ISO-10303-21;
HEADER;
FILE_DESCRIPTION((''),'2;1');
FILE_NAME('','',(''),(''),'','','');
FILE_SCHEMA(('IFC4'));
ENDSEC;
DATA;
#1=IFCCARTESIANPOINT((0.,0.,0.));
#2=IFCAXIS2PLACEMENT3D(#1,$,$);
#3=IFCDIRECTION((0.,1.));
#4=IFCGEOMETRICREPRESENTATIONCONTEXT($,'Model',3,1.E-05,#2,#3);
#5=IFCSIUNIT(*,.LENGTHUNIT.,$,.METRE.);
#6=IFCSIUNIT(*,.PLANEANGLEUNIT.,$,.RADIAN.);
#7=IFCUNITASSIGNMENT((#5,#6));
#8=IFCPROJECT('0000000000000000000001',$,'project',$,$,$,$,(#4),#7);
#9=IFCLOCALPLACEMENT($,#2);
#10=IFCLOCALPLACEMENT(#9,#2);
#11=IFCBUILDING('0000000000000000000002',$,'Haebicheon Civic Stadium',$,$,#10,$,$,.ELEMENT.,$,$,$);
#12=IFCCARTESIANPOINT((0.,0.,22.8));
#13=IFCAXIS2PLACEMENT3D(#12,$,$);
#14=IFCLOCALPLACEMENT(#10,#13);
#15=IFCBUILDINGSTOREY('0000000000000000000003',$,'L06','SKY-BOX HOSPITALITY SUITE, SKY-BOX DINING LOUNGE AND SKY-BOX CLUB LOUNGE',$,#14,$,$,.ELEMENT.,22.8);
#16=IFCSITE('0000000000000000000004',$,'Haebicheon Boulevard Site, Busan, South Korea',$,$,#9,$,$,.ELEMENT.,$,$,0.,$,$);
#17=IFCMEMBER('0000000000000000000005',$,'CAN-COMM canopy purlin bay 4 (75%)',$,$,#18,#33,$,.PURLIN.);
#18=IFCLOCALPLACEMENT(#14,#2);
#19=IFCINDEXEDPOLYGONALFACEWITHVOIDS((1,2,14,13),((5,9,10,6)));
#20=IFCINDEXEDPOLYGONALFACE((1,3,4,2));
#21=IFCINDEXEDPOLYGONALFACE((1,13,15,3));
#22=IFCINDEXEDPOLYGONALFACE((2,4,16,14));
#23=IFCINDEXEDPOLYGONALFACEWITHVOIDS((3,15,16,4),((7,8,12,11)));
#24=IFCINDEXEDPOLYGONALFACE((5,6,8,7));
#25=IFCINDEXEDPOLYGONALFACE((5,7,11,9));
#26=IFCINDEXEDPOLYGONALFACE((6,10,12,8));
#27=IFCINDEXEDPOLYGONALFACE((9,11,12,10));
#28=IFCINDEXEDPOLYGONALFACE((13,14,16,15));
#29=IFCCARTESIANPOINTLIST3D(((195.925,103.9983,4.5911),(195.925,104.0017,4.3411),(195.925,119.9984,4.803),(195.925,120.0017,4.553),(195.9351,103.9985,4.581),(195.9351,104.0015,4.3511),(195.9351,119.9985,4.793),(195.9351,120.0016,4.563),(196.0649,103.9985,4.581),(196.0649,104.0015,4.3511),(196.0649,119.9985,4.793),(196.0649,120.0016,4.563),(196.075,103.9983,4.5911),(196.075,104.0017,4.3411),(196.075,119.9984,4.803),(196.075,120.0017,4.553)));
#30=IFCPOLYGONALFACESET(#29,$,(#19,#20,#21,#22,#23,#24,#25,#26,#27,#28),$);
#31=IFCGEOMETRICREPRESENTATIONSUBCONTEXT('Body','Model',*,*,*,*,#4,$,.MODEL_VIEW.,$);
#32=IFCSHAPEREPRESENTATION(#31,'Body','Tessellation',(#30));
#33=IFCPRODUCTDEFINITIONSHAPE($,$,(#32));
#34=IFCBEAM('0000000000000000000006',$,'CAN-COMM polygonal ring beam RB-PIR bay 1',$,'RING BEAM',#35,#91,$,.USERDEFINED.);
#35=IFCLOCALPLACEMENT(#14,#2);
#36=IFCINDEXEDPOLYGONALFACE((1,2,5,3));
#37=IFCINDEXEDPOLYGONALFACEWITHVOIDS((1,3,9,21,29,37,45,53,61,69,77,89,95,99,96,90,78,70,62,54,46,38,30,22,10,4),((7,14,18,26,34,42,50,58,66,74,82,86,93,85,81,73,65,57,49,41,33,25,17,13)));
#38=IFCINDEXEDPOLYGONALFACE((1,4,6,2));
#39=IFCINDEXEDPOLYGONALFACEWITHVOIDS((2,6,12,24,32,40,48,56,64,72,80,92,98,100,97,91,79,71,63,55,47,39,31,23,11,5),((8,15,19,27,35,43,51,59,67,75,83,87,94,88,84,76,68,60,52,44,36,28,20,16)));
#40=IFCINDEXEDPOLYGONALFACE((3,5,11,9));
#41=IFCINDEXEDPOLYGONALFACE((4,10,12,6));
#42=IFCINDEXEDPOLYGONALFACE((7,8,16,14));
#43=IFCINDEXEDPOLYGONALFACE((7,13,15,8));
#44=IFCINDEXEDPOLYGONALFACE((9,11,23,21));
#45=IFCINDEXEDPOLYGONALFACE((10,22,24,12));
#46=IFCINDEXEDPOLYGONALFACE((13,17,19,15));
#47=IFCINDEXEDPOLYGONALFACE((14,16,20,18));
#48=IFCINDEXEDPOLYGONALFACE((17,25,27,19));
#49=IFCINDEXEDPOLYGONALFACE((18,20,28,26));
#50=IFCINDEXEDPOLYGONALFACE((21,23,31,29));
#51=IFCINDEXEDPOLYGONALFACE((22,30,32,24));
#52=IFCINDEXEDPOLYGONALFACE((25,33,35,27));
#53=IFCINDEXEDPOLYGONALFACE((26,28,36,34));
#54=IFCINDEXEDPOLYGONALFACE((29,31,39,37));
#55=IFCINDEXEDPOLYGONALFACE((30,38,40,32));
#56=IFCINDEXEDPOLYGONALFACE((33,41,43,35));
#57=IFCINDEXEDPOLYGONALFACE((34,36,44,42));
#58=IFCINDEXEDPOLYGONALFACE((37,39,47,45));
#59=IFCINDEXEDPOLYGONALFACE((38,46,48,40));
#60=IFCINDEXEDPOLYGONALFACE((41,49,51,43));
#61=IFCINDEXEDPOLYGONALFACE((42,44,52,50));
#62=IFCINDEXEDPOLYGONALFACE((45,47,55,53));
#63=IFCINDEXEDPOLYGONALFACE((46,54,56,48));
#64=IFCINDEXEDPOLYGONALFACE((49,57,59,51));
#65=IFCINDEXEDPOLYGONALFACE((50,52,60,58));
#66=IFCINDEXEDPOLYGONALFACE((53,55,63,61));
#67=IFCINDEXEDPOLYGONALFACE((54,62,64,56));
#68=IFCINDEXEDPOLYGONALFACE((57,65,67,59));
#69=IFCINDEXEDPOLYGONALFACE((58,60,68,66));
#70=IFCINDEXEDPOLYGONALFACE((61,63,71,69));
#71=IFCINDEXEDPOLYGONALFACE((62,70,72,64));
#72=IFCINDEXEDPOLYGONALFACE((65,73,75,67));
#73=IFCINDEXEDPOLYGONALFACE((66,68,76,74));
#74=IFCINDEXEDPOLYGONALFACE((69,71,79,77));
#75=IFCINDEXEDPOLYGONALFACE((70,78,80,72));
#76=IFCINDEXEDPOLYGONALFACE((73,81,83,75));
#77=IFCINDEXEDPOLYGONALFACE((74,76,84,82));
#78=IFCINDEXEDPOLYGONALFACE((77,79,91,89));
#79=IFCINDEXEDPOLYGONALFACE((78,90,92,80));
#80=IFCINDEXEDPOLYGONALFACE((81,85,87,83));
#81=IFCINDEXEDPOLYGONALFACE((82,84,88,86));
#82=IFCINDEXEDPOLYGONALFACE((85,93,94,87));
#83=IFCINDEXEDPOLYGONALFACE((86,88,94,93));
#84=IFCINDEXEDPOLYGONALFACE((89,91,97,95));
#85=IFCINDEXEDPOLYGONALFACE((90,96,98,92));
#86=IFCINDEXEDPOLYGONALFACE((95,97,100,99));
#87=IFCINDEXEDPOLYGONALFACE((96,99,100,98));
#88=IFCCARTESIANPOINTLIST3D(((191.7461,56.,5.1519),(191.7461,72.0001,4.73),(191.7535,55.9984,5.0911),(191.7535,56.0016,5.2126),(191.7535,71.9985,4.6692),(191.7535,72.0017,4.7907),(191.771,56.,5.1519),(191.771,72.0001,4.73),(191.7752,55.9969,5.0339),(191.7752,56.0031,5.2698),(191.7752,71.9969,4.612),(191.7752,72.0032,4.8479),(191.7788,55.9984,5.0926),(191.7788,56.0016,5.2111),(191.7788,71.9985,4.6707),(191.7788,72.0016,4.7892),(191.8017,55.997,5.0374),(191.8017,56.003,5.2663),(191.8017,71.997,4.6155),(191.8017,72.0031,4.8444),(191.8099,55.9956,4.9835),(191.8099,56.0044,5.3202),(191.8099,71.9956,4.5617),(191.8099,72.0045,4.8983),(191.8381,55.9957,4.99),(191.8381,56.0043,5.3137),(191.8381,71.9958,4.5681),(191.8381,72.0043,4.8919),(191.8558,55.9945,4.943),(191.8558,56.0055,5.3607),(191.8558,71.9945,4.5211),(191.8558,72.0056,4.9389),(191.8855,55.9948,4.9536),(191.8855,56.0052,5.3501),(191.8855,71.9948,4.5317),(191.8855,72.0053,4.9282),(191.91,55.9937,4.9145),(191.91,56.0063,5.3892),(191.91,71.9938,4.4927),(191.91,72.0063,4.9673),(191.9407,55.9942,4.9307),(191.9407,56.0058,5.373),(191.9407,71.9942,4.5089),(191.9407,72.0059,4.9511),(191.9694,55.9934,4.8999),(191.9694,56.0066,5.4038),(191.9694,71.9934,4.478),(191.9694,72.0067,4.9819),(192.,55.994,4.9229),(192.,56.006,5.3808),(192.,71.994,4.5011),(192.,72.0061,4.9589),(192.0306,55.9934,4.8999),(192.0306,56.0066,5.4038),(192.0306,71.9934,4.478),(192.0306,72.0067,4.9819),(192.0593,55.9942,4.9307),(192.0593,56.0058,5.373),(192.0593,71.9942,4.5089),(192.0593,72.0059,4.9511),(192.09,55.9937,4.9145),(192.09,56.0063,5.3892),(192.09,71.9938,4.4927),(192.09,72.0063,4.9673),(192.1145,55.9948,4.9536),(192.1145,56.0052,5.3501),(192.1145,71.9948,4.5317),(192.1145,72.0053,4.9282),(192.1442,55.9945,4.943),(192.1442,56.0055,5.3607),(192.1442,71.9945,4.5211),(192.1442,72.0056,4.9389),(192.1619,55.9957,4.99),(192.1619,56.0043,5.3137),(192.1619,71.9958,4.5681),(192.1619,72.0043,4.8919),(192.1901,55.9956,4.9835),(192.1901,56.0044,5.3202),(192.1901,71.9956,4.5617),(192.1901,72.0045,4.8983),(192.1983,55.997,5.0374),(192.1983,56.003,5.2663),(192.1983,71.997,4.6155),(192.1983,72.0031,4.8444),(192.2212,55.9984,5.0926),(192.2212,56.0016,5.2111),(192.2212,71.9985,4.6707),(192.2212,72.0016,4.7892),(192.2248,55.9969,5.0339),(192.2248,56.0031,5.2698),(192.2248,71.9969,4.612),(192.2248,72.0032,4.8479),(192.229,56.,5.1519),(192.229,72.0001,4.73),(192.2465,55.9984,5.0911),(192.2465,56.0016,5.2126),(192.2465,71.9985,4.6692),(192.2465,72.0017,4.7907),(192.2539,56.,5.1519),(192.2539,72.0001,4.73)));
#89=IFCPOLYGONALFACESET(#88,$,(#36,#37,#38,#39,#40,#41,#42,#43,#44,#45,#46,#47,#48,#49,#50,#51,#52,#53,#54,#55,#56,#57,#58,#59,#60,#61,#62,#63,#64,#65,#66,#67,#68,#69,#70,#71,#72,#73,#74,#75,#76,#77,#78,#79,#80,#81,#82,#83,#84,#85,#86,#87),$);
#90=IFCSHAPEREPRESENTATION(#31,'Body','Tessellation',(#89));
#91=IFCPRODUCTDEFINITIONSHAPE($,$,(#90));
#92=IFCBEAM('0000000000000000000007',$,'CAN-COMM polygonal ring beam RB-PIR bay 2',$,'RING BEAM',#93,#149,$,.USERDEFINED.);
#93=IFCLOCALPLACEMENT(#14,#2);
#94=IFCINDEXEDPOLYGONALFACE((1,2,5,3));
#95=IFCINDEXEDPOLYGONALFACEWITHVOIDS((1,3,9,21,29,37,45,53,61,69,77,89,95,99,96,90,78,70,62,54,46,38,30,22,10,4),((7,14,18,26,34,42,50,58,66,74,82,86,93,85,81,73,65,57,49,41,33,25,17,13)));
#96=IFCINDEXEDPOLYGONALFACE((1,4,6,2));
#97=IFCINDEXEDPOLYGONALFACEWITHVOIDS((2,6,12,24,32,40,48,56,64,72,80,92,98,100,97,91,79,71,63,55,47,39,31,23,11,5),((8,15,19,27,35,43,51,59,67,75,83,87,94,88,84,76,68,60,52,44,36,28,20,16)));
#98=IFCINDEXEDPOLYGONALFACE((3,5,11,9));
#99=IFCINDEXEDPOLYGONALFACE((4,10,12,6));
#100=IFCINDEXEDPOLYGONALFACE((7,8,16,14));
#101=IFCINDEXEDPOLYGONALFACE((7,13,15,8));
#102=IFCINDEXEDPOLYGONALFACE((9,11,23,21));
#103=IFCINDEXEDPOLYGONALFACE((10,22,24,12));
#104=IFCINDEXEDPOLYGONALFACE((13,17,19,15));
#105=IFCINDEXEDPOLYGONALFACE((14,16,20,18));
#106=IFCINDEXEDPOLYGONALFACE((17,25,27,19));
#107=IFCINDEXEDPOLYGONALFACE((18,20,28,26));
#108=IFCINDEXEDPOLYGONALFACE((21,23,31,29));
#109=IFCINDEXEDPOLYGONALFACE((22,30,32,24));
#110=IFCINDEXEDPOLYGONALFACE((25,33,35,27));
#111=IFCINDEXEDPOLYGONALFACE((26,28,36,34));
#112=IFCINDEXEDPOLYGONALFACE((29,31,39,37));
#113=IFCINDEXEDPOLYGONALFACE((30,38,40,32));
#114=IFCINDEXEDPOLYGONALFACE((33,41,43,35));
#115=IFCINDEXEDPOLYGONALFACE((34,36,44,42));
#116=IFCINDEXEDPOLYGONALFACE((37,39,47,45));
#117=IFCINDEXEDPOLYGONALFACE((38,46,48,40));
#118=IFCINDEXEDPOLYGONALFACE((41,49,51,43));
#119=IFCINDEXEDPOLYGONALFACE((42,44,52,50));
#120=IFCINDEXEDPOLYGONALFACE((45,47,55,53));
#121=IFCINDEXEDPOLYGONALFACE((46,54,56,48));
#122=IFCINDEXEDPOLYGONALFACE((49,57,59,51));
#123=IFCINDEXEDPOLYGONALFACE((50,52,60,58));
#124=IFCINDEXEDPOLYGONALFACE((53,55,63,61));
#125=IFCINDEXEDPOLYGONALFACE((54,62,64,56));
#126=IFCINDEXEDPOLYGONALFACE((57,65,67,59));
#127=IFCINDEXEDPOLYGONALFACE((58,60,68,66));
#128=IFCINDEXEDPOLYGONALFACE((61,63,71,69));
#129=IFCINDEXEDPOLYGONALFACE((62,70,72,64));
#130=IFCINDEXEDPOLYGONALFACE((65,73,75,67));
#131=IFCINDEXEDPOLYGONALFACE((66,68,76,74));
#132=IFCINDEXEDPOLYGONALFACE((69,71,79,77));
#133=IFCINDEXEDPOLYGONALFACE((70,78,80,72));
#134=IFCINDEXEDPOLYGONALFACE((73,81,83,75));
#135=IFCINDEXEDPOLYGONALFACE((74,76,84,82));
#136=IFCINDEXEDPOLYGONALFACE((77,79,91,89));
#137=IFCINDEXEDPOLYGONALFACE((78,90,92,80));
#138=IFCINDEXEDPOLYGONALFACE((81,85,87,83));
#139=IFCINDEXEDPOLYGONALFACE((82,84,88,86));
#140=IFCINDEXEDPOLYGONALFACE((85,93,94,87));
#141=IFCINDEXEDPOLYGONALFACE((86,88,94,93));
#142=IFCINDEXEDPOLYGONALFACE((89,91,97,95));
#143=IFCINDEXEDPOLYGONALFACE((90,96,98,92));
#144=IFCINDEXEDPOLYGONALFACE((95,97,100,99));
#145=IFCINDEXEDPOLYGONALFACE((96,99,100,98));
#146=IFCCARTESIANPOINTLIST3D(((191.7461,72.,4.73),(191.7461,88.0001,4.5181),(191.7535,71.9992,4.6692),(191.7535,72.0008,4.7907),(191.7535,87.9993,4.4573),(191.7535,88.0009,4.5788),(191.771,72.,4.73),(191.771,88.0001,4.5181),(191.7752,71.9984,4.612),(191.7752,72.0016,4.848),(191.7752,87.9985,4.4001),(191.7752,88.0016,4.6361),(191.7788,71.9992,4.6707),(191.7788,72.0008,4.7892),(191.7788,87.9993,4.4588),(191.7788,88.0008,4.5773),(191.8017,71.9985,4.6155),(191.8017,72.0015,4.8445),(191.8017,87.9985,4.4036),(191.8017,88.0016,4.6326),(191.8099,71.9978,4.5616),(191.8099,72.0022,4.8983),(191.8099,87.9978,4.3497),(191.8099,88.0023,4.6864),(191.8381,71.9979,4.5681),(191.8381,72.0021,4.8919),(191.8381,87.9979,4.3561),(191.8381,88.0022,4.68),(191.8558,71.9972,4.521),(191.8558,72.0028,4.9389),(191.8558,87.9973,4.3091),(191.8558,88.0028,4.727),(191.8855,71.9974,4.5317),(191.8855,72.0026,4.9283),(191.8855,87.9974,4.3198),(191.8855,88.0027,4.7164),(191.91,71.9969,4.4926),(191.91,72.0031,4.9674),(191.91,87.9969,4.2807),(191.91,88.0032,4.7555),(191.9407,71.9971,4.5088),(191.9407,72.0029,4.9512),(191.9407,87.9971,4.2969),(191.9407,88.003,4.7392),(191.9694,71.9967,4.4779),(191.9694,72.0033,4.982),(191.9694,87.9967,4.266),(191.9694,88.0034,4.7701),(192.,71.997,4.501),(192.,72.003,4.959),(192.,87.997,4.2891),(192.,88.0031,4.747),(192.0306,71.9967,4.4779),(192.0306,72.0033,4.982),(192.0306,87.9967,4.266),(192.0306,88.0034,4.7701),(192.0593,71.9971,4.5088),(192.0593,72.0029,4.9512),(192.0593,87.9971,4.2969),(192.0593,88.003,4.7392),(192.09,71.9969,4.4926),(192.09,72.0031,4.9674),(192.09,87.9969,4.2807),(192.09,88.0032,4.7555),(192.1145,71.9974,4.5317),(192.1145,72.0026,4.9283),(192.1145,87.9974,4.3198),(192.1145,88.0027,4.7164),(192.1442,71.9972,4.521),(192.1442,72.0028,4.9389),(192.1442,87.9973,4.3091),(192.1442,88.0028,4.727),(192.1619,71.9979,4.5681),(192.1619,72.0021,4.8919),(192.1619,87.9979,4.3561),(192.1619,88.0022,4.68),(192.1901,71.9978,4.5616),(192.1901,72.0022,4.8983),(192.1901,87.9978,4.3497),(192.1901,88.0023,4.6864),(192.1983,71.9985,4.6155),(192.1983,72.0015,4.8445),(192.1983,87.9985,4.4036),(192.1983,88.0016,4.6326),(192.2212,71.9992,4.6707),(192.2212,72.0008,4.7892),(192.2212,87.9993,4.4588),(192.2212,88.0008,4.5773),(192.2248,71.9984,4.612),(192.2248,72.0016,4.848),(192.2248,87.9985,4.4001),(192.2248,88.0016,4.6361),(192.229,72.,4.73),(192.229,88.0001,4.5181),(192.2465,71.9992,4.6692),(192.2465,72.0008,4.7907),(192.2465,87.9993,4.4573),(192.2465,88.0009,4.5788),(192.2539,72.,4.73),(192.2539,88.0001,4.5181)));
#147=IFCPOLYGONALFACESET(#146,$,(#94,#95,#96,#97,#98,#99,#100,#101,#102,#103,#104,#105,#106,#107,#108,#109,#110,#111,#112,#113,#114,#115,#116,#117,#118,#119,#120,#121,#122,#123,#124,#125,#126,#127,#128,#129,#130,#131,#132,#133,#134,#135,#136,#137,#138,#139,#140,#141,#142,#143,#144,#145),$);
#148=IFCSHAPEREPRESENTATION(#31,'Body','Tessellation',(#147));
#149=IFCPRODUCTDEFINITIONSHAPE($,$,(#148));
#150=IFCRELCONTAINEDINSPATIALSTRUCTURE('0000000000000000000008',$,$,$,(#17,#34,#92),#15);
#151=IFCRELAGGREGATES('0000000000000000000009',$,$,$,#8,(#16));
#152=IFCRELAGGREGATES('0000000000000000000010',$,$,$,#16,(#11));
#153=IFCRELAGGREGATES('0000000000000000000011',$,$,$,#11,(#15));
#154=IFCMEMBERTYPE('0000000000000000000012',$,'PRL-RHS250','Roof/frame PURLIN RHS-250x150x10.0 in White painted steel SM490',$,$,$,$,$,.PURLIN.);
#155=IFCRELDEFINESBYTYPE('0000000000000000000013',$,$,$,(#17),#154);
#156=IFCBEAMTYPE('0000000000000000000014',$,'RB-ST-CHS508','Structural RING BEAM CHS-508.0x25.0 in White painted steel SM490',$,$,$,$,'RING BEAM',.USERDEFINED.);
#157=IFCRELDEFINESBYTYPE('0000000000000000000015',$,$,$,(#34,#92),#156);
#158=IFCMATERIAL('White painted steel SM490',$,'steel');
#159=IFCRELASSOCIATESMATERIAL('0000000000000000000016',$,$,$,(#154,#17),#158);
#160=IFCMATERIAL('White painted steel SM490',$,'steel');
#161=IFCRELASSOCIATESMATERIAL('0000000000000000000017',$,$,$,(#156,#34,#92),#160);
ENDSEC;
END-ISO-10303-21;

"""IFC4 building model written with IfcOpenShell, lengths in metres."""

from ifc_helpers import new_model, si_unit, direction, frame, origin, origin_2d, place, context, subcontext, project, spatial, hollow_rectangle, hollow_circle, extrude, material, material_profile, profile_set, type_object, element, save


model = new_model("IFC4")

# Units and contexts
model_context = context("Model", 3, precision=1e-05, world=origin(), true_north=direction((0.0, 1.0)))
body_context = subcontext(model_context, "Body", "Model", "MODEL_VIEW")
ifc_project = project(units=[si_unit("LENGTHUNIT", "METRE"), si_unit("PLANEANGLEUNIT", "RADIAN")], contexts=[model_context])

# Site, building, storey
site_placement = place(None, origin())
site = spatial("IfcSite", under=ifc_project, at=site_placement, Name="Haebicheon Boulevard Site, Busan, South Korea", CompositionType="ELEMENT", RefElevation=0.0)
building_placement = place(site_placement, origin())
building = spatial("IfcBuilding", under=site, at=building_placement, Name="Haebicheon Civic Stadium", CompositionType="ELEMENT")
storey_placement = place(building_placement, frame((0.0, 0.0, 22.8)))
storey = spatial("IfcBuildingStorey", under=building, at=storey_placement, Name="L06", Description="SKY-BOX HOSPITALITY SUITE, SKY-BOX DINING LOUNGE AND SKY-BOX CLUB LOUNGE", CompositionType="ELEMENT", Elevation=22.8)

# Member
ifc_material_1 = material(Name="White painted steel SM490", Category="steel")
ifc_material_profile_1 = material_profile(ifc_material_1, hollow_rectangle(XDim=0.1499, YDim=0.25, WallThickness=0.01, at=origin_2d()), Name="RHS-250x150x10.0")
ifc_profile_set_1 = profile_set([ifc_material_profile_1], Name="White painted steel SM490")
member_type_1 = type_object("IfcMemberType", Name="PRL-RHS250", Description="Roof/frame PURLIN RHS-250x150x10.0 in White painted steel SM490", PredefinedType="PURLIN", material=ifc_profile_set_1)
member_1_placement = place(storey_placement, frame((196.0, 104.0, 4.4661), z_axis=(0.0, 0.999912, 0.013243), x_axis=(-1.0, 0.0, 0.0)))
element("IfcMember", 1, at=member_1_placement, inside=storey, type_object=member_type_1, material=ifc_profile_set_1, Name="CAN-COMM canopy purlin bay 4 (75%)", PredefinedType="PURLIN", context=body_context, shape_type="SweptSolid", body=[
    extrude(hollow_rectangle(XDim=0.1499, YDim=0.25, WallThickness=0.01, at=origin_2d()), origin(), (0.0, 0.0, 1.0), 16.0015),
])

# Beams
ifc_material_2 = material(Name="White painted steel SM490", Category="steel")
ifc_material_profile_2 = material_profile(ifc_material_2, hollow_circle(Radius=0.2539, WallThickness=0.0249, at=origin_2d()), Name="CHS-508.0x25.0")
ifc_profile_set_2 = profile_set([ifc_material_profile_2], Name="White painted steel SM490")
beam_type = type_object("IfcBeamType", Name="RB-ST-CHS508", Description="Structural RING BEAM CHS-508.0x25.0 in White painted steel SM490", ElementType="RING BEAM", PredefinedType="USERDEFINED", material=ifc_profile_set_2)
beam_1_placement = place(storey_placement, frame((192.0, 56.0, 5.1519), z_axis=(0.0, 0.999653, -0.026358), x_axis=(-1.0, 0.0, 0.0)))
element("IfcBeam", 2, at=beam_1_placement, inside=storey, type_object=beam_type, material=ifc_profile_set_2, Name="CAN-COMM polygonal ring beam RB-PIR bay 1", ObjectType="RING BEAM", PredefinedType="USERDEFINED", context=body_context, shape_type="SweptSolid", body=[
    extrude(hollow_circle(Radius=0.2539, WallThickness=0.0249, at=origin_2d()), origin(), (0.0, 0.0, 1.0), 16.0056),
])
beam_2_placement = place(storey_placement, frame((192.0, 72.0, 4.73), z_axis=(0.0, 0.999912, -0.013243), x_axis=(-1.0, 0.0, 0.0)))
element("IfcBeam", 3, at=beam_2_placement, inside=storey, type_object=beam_type, material=ifc_profile_set_2, Name="CAN-COMM polygonal ring beam RB-PIR bay 2", ObjectType="RING BEAM", PredefinedType="USERDEFINED", context=body_context, shape_type="SweptSolid", body=[
    extrude(hollow_circle(Radius=0.2539, WallThickness=0.0249, at=origin_2d()), origin(), (0.0, 0.0, 1.0), 16.0015),
])

save(model, "model.ifc")
